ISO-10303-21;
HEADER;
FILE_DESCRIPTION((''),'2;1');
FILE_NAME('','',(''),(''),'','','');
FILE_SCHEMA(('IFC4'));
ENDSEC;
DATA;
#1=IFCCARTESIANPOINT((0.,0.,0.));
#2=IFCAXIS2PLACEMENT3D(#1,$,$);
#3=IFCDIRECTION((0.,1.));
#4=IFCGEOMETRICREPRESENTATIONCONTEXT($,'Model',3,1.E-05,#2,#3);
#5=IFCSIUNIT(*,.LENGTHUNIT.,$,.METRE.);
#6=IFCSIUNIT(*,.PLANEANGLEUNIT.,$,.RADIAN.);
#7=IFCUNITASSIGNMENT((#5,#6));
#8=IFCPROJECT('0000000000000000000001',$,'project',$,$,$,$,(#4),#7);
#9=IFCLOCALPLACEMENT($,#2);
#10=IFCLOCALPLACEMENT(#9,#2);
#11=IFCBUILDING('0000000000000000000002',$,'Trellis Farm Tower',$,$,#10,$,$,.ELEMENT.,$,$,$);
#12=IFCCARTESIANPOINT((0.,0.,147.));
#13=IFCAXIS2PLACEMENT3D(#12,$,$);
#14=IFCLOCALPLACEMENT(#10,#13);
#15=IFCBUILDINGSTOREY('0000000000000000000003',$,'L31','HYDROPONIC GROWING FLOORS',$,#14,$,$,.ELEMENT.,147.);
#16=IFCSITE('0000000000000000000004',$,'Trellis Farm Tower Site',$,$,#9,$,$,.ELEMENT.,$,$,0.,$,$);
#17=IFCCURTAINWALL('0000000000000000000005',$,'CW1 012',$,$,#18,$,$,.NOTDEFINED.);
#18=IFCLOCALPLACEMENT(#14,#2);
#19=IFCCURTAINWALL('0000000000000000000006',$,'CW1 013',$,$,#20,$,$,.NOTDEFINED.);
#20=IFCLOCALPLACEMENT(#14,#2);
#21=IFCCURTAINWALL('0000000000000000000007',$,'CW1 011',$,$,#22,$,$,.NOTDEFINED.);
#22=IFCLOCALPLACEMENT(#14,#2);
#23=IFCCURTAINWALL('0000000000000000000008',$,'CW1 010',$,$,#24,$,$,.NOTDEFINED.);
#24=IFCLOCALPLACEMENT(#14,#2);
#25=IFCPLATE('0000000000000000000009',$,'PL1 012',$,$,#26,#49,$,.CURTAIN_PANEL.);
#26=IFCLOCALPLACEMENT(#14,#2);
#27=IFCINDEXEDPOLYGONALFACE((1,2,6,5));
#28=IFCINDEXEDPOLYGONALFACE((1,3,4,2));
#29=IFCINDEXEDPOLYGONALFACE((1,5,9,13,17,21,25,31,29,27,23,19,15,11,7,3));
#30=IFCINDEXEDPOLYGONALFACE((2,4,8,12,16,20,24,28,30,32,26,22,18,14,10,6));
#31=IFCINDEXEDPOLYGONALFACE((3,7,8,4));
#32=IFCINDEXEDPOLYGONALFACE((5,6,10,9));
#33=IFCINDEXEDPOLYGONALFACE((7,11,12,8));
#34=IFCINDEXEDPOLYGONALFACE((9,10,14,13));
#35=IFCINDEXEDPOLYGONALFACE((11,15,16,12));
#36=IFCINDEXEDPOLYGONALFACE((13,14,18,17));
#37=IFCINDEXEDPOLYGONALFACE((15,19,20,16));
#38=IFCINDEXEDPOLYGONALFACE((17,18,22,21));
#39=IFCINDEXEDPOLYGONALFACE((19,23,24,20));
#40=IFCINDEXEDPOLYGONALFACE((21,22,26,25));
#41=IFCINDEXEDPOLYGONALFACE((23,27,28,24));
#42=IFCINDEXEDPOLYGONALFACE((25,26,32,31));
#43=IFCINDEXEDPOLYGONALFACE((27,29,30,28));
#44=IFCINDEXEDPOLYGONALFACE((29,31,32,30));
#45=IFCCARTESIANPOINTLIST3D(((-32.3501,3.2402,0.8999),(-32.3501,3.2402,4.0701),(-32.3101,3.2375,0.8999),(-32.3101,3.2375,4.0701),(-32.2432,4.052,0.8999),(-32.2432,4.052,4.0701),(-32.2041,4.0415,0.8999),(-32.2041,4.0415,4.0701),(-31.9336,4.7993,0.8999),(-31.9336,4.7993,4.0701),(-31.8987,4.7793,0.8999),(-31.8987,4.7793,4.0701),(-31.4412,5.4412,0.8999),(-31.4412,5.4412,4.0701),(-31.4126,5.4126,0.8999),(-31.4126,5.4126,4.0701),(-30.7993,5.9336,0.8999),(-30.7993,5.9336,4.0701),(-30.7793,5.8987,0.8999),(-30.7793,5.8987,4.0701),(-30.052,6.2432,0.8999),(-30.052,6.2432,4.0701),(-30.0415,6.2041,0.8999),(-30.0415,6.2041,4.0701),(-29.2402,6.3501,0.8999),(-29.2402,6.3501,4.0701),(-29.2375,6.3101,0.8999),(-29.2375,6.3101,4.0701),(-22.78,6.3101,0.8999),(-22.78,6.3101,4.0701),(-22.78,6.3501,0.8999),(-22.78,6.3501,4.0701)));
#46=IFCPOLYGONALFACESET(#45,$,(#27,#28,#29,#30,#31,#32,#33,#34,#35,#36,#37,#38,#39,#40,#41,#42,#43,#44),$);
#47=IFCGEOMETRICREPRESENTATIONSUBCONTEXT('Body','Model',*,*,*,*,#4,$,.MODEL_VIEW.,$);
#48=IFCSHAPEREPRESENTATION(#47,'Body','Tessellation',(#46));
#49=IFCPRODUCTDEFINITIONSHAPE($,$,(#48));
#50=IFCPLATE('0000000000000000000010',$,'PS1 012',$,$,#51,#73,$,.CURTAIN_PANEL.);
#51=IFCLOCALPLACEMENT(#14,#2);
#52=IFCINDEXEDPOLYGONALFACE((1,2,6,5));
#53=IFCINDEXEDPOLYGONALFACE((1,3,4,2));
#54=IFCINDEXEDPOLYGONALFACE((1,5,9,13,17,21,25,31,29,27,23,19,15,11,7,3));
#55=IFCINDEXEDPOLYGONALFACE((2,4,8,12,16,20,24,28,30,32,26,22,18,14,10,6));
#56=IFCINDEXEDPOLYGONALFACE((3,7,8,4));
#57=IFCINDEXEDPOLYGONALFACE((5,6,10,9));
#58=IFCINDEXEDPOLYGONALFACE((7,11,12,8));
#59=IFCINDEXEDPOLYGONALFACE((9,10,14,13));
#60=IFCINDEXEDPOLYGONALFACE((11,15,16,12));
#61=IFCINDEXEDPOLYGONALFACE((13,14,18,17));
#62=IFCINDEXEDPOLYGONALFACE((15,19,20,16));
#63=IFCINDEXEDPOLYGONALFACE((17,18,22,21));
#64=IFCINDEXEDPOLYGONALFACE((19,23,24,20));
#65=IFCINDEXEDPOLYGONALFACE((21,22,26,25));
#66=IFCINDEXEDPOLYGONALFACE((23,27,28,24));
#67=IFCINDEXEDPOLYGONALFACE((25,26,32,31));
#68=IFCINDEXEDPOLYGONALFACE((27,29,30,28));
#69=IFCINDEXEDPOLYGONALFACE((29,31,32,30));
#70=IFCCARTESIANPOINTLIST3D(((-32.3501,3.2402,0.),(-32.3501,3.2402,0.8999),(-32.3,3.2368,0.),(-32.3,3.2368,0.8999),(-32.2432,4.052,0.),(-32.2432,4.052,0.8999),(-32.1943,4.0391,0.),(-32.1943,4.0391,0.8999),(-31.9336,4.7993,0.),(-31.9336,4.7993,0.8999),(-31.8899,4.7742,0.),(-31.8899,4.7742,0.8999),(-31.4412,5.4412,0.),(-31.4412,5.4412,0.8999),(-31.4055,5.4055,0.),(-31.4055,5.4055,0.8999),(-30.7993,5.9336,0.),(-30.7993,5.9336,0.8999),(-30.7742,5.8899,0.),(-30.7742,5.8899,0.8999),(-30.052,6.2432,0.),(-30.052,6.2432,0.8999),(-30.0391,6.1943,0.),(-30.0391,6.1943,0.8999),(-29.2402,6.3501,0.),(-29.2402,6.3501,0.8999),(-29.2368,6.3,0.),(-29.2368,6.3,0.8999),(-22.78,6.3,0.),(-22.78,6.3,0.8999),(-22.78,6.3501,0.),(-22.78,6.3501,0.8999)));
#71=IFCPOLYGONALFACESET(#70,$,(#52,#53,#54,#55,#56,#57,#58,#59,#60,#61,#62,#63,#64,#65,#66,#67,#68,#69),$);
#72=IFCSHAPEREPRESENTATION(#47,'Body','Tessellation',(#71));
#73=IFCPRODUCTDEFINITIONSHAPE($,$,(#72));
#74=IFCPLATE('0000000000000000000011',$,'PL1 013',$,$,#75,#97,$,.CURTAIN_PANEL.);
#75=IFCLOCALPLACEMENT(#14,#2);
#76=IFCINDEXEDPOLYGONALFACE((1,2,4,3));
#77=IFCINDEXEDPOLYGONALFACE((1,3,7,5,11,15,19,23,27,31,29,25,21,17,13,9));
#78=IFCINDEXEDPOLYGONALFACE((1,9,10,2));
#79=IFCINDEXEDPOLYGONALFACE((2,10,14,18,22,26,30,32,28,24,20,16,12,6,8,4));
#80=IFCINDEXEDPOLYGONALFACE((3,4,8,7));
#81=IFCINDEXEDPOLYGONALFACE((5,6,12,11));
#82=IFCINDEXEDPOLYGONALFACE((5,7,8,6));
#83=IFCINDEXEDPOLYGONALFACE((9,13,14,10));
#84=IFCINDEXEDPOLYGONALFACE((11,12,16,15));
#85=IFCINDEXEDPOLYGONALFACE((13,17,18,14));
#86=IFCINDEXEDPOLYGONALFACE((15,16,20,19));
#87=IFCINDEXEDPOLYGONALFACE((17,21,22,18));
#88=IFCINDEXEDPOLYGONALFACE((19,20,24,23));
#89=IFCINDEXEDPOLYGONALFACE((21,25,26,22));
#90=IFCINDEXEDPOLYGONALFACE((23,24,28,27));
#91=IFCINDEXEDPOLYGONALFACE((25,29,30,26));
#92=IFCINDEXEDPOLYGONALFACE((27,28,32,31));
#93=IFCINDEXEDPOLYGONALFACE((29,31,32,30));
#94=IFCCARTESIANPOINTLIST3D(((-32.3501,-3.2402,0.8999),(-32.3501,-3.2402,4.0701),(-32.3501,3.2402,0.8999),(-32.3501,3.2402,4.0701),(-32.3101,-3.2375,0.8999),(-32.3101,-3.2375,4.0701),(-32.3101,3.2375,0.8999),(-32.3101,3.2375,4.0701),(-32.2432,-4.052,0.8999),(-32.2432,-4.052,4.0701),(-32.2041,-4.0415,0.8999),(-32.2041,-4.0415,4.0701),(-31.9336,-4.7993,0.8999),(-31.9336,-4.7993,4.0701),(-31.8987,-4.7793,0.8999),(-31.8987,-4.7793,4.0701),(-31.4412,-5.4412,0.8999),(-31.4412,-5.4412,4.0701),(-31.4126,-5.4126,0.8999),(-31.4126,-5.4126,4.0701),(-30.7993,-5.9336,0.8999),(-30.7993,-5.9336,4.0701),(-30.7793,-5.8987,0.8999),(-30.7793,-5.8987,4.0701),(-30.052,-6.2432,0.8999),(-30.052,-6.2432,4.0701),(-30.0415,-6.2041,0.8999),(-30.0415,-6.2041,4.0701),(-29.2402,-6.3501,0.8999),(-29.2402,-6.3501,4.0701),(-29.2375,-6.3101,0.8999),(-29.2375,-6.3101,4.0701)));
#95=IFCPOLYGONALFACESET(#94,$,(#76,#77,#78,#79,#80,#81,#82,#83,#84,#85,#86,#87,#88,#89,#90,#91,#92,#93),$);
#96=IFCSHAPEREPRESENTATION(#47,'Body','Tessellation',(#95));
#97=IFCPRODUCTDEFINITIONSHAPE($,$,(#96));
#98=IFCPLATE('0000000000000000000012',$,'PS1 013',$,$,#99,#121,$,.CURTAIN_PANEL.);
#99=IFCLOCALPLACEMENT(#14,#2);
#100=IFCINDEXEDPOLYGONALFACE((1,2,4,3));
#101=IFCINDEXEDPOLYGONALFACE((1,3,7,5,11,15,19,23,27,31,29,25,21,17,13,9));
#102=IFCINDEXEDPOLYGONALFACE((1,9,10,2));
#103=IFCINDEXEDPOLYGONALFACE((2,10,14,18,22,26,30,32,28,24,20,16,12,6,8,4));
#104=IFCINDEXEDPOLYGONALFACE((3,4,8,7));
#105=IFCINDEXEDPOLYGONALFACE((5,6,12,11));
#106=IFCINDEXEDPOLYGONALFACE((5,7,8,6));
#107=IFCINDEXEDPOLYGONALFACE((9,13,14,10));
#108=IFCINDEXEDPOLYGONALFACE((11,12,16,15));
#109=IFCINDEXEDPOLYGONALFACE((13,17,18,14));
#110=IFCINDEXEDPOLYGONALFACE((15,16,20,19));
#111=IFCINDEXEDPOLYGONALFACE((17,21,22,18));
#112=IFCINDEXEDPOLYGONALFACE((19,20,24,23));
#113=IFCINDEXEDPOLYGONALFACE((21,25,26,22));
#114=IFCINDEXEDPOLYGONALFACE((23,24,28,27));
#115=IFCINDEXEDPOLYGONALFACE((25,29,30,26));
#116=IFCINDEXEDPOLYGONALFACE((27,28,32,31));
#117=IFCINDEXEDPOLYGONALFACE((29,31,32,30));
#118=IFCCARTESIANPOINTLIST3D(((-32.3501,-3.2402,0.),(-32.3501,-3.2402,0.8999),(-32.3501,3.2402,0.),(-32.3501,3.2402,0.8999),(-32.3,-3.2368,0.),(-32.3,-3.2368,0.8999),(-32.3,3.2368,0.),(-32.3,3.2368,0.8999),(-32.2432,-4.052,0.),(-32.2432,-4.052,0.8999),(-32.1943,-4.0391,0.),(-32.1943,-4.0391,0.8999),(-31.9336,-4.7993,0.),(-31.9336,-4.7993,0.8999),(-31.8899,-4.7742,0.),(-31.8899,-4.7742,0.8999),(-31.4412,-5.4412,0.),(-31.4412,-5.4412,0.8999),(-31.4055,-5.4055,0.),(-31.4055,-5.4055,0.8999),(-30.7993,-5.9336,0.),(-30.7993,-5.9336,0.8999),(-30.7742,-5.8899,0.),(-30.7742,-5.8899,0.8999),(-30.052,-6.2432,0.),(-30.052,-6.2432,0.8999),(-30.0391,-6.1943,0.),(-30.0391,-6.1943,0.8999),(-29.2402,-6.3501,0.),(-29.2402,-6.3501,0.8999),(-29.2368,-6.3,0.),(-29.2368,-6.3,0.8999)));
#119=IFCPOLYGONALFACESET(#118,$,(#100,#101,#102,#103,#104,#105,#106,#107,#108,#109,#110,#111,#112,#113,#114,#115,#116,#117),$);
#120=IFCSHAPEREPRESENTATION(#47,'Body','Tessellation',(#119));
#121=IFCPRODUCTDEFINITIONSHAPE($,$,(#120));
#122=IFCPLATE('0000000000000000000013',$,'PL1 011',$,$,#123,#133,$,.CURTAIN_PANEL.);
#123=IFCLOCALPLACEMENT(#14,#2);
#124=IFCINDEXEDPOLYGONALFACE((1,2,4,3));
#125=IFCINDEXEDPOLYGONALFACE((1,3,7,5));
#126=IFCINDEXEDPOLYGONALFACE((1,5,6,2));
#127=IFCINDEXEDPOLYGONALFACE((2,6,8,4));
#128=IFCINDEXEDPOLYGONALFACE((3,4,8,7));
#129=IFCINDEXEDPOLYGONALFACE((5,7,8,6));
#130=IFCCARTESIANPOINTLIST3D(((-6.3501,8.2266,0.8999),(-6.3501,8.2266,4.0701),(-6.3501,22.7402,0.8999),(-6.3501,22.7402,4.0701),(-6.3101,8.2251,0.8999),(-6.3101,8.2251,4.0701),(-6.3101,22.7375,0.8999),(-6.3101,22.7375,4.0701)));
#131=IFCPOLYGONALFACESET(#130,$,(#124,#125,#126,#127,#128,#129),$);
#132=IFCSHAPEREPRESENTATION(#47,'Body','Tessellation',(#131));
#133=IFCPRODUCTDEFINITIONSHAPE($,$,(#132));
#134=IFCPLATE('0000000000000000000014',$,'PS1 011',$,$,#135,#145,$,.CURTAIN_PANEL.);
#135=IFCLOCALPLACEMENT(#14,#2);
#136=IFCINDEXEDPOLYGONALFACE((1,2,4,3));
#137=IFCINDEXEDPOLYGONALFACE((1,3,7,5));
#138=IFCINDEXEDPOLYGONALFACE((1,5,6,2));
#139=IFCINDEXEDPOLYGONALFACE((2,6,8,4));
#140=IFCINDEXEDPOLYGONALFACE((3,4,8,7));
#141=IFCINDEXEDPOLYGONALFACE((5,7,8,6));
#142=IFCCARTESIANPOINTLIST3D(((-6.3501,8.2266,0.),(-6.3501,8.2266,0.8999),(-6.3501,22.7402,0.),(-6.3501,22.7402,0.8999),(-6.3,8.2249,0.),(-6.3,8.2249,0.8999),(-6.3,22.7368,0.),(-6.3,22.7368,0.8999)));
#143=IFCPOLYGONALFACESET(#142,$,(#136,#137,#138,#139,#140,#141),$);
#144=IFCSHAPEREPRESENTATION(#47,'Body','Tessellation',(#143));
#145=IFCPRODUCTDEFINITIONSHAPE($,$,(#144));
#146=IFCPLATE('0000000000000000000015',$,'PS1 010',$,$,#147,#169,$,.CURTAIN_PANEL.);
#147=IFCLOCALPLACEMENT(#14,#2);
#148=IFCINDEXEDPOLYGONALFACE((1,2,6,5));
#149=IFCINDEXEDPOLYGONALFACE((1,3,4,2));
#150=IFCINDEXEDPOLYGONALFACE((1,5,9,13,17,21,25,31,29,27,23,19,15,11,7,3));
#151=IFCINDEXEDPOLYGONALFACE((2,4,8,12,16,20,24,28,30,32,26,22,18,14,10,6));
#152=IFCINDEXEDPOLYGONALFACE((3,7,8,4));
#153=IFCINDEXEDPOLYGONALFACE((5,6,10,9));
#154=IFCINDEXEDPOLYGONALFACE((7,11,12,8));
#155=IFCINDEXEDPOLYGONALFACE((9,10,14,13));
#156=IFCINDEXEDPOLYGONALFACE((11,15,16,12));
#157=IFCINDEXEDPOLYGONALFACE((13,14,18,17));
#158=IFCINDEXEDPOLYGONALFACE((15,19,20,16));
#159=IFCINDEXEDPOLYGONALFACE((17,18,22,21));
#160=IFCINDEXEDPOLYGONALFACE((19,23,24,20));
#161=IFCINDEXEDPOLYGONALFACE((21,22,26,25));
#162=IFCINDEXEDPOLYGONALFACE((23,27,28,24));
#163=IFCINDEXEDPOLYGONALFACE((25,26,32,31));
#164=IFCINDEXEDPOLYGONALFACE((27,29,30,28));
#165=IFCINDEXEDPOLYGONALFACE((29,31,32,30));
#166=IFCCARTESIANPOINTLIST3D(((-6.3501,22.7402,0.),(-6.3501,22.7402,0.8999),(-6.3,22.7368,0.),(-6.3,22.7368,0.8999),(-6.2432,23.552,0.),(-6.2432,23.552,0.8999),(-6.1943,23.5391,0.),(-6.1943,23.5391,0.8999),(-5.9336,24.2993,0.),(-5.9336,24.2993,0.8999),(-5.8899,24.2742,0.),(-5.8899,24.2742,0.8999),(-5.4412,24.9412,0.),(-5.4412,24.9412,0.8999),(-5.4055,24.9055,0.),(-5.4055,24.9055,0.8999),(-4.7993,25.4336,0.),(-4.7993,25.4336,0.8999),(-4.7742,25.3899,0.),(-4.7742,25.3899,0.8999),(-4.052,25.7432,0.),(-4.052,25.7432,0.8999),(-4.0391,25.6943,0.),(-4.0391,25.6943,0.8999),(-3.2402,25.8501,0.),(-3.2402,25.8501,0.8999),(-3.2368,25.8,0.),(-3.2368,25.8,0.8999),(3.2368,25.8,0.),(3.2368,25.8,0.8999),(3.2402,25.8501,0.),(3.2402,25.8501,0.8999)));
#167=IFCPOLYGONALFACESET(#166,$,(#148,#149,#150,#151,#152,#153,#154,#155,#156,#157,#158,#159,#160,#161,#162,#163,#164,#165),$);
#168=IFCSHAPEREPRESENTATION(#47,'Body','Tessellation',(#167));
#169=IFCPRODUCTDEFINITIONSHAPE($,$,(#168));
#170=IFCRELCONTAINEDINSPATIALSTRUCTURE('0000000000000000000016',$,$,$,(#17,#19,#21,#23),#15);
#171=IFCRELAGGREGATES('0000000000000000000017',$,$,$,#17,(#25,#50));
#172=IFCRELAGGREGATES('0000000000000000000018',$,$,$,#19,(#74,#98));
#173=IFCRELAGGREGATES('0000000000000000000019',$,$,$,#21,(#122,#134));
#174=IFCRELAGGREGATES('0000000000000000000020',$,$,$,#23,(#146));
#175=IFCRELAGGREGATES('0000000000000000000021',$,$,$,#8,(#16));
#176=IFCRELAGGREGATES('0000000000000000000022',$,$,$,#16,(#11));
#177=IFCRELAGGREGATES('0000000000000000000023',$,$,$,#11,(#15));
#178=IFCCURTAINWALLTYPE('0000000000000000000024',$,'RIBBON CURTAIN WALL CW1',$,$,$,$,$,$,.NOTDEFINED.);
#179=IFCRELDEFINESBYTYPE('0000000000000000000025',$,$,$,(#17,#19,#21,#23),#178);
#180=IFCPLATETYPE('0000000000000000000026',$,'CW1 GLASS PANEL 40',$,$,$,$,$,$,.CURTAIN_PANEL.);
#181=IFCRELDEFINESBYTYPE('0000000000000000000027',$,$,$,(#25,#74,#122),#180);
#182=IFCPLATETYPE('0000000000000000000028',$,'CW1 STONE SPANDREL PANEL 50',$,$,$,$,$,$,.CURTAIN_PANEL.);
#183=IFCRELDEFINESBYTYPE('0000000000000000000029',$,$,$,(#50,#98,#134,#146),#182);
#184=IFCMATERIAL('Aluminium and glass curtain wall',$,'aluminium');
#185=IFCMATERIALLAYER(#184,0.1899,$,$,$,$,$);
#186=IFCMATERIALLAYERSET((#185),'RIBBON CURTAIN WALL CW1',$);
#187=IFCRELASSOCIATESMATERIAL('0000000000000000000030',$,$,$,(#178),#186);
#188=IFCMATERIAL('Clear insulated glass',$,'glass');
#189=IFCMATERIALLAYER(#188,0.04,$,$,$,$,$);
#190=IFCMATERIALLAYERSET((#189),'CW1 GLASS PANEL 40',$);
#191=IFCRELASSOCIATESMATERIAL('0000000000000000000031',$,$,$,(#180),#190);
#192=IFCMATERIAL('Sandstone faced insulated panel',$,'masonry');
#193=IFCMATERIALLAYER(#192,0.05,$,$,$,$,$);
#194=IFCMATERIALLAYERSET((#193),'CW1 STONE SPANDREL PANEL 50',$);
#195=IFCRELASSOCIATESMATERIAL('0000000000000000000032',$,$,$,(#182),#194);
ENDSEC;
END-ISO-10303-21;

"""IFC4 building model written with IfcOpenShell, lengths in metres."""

from ifc_helpers import new_model, si_unit, direction, frame, origin, place, context, subcontext, project, spatial, polyline, outline, extrude, source, transform, mapped, material, layer, layer_set, type_object, element, aggregate, save


model = new_model("IFC4")

# Units and contexts
model_context = context("Model", 3, precision=1e-05, world=origin(), true_north=direction((0.0, 1.0)))
body_context = subcontext(model_context, "Body", "Model", "MODEL_VIEW")
ifc_project = project(units=[si_unit("LENGTHUNIT", "METRE"), si_unit("PLANEANGLEUNIT", "RADIAN")], contexts=[model_context])

# Site, building, storey
site_placement = place(None, origin())
site = spatial("IfcSite", under=ifc_project, at=site_placement, Name="Trellis Farm Tower Site", CompositionType="ELEMENT", RefElevation=0.0)
building_placement = place(site_placement, origin())
building = spatial("IfcBuilding", under=site, at=building_placement, Name="Trellis Farm Tower", CompositionType="ELEMENT")
storey_placement = place(building_placement, frame((0.0, 0.0, 147.0)))
storey = spatial("IfcBuildingStorey", under=building, at=storey_placement, Name="L31", Description="HYDROPONIC GROWING FLOORS", CompositionType="ELEMENT", Elevation=147.0)

# Curtain walls
ifc_material_1 = material(Name="Aluminium and glass curtain wall", Category="aluminium")
placement_1 = place(storey_placement, origin())
ifc_layer_1 = layer(ifc_material_1, 0.1899)
ifc_layer_set_1 = layer_set([ifc_layer_1], Name="RIBBON CURTAIN WALL CW1")
curtain_wall_type_1 = type_object("IfcCurtainWallType", Name="RIBBON CURTAIN WALL CW1", PredefinedType="NOTDEFINED", material=ifc_layer_set_1)
curtain_wall_1 = element("IfcCurtainWall", 1, at=placement_1, inside=storey, type_object=curtain_wall_type_1, Name="CW1 012", PredefinedType="NOTDEFINED")
curtain_wall_2 = element("IfcCurtainWall", 2, at=placement_1, inside=storey, type_object=curtain_wall_type_1, Name="CW1 013", PredefinedType="NOTDEFINED")
curtain_wall_3 = element("IfcCurtainWall", 3, at=placement_1, inside=storey, type_object=curtain_wall_type_1, Name="CW1 011", PredefinedType="NOTDEFINED")
curtain_wall_4 = element("IfcCurtainWall", 4, at=placement_1, inside=storey, type_object=curtain_wall_type_1, Name="CW1 010", PredefinedType="NOTDEFINED")

# Plates
ifc_material_2 = material(Name="Clear insulated glass", Category="glass")
ifc_layer_2 = layer(ifc_material_2, 0.04)
ifc_layer_set_2 = layer_set([ifc_layer_2], Name="CW1 GLASS PANEL 40")
plate_type_1 = type_object("IfcPlateType", Name="CW1 GLASS PANEL 40", PredefinedType="CURTAIN_PANEL", material=ifc_layer_set_2)
shared_shape_1 = source(origin(), body_context, "Body", "SweptSolid", [
    extrude(outline(polyline([(-22.78, 6.3501), (-29.2402, 6.3501), (-30.052, 6.2432), (-30.7993, 5.9336), (-31.4412, 5.4412), (-31.9336, 4.7993), (-32.2432, 4.052), (-32.3501, 3.2402), (-32.3101, 3.2375), (-32.2041, 4.0415), (-31.8987, 4.7793), (-31.4126, 5.4126), (-30.7793, 5.8987), (-30.0415, 6.2041), (-29.2375, 6.3101), (-22.78, 6.3101), (-22.78, 6.3501)])), origin(), (0.0, 0.0, 1.0), 3.1702),
])
placement_2 = place(storey_placement, frame((0.0, 0.0, 0.8999)))
plate_1 = element("IfcPlate", 5, at=placement_2, type_object=plate_type_1, Name="PL1 012", PredefinedType="CURTAIN_PANEL", context=body_context, shape_type="MappedRepresentation", body=[
    mapped(shared_shape_1, transform((0.0, 0.0, 0.0))),
])
ifc_material_3 = material(Name="Sandstone faced insulated panel", Category="masonry")
ifc_layer_3 = layer(ifc_material_3, 0.05)
ifc_layer_set_3 = layer_set([ifc_layer_3], Name="CW1 STONE SPANDREL PANEL 50")
plate_type_2 = type_object("IfcPlateType", Name="CW1 STONE SPANDREL PANEL 50", PredefinedType="CURTAIN_PANEL", material=ifc_layer_set_3)
shared_shape_2 = source(origin(), body_context, "Body", "SweptSolid", [
    extrude(outline(polyline([(-22.78, 6.3501), (-29.2402, 6.3501), (-30.052, 6.2432), (-30.7993, 5.9336), (-31.4412, 5.4412), (-31.9336, 4.7993), (-32.2432, 4.052), (-32.3501, 3.2402), (-32.3, 3.2368), (-32.1943, 4.0391), (-31.8899, 4.7742), (-31.4055, 5.4055), (-30.7742, 5.8899), (-30.0391, 6.1943), (-29.2368, 6.3), (-22.78, 6.3), (-22.78, 6.3501)])), origin(), (0.0, 0.0, 1.0), 0.8999),
])
plate_2 = element("IfcPlate", 6, at=placement_1, type_object=plate_type_2, Name="PS1 012", PredefinedType="CURTAIN_PANEL", context=body_context, shape_type="MappedRepresentation", body=[
    mapped(shared_shape_2, transform((0.0, 0.0, 0.0))),
])
aggregate(curtain_wall_1, [plate_1, plate_2])
shared_shape_3 = source(origin(), body_context, "Body", "SweptSolid", [
    extrude(outline(polyline([(-32.3501, 3.2402), (-32.3501, -3.2402), (-32.2432, -4.052), (-31.9336, -4.7993), (-31.4412, -5.4412), (-30.7993, -5.9336), (-30.052, -6.2432), (-29.2402, -6.3501), (-29.2375, -6.3101), (-30.0415, -6.2041), (-30.7793, -5.8987), (-31.4126, -5.4126), (-31.8987, -4.7793), (-32.2041, -4.0415), (-32.3101, -3.2375), (-32.3101, 3.2375), (-32.3501, 3.2402)])), origin(), (0.0, 0.0, 1.0), 3.1702),
])
plate_3 = element("IfcPlate", 7, at=placement_2, type_object=plate_type_1, Name="PL1 013", PredefinedType="CURTAIN_PANEL", context=body_context, shape_type="MappedRepresentation", body=[
    mapped(shared_shape_3, transform((0.0, 0.0, 0.0))),
])
shared_shape_4 = source(origin(), body_context, "Body", "SweptSolid", [
    extrude(outline(polyline([(-32.3501, 3.2402), (-32.3501, -3.2402), (-32.2432, -4.052), (-31.9336, -4.7993), (-31.4412, -5.4412), (-30.7993, -5.9336), (-30.052, -6.2432), (-29.2402, -6.3501), (-29.2368, -6.3), (-30.0391, -6.1943), (-30.7742, -5.8899), (-31.4055, -5.4055), (-31.8899, -4.7742), (-32.1943, -4.0391), (-32.3, -3.2368), (-32.3, 3.2368), (-32.3501, 3.2402)])), origin(), (0.0, 0.0, 1.0), 0.8999),
])
plate_4 = element("IfcPlate", 8, at=placement_1, type_object=plate_type_2, Name="PS1 013", PredefinedType="CURTAIN_PANEL", context=body_context, shape_type="MappedRepresentation", body=[
    mapped(shared_shape_4, transform((0.0, 0.0, 0.0))),
])
aggregate(curtain_wall_2, [plate_3, plate_4])
shared_shape_5 = source(origin(), body_context, "Body", "SweptSolid", [
    extrude(outline(polyline([(-6.3501, 22.7402), (-6.3501, 8.2266), (-6.3101, 8.2251), (-6.3101, 22.7375), (-6.3501, 22.7402)])), origin(), (0.0, 0.0, 1.0), 3.1702),
])
plate_5 = element("IfcPlate", 9, at=placement_2, type_object=plate_type_1, Name="PL1 011", PredefinedType="CURTAIN_PANEL", context=body_context, shape_type="MappedRepresentation", body=[
    mapped(shared_shape_5, transform((0.0, 0.0, 0.0))),
])
shared_shape_6 = source(origin(), body_context, "Body", "SweptSolid", [
    extrude(outline(polyline([(-6.3501, 22.7402), (-6.3501, 8.2266), (-6.3, 8.2249), (-6.3, 22.7368), (-6.3501, 22.7402)])), origin(), (0.0, 0.0, 1.0), 0.8999),
])
plate_6 = element("IfcPlate", 10, at=placement_1, type_object=plate_type_2, Name="PS1 011", PredefinedType="CURTAIN_PANEL", context=body_context, shape_type="MappedRepresentation", body=[
    mapped(shared_shape_6, transform((0.0, 0.0, 0.0))),
])
aggregate(curtain_wall_3, [plate_5, plate_6])
shared_shape_7 = source(origin(), body_context, "Body", "SweptSolid", [
    extrude(outline(polyline([(3.2402, 25.8501), (-3.2402, 25.8501), (-4.052, 25.7432), (-4.7993, 25.4336), (-5.4412, 24.9412), (-5.9336, 24.2993), (-6.2432, 23.552), (-6.3501, 22.7402), (-6.3, 22.7368), (-6.1943, 23.5391), (-5.8899, 24.2742), (-5.4055, 24.9055), (-4.7742, 25.3899), (-4.0391, 25.6943), (-3.2368, 25.8), (3.2368, 25.8), (3.2402, 25.8501)])), origin(), (0.0, 0.0, 1.0), 0.8999),
])
plate_7 = element("IfcPlate", 11, at=placement_1, type_object=plate_type_2, Name="PS1 010", PredefinedType="CURTAIN_PANEL", context=body_context, shape_type="MappedRepresentation", body=[
    mapped(shared_shape_7, transform((0.0, 0.0, 0.0))),
])
aggregate(curtain_wall_4, [plate_7])

save(model, "model.ifc")
